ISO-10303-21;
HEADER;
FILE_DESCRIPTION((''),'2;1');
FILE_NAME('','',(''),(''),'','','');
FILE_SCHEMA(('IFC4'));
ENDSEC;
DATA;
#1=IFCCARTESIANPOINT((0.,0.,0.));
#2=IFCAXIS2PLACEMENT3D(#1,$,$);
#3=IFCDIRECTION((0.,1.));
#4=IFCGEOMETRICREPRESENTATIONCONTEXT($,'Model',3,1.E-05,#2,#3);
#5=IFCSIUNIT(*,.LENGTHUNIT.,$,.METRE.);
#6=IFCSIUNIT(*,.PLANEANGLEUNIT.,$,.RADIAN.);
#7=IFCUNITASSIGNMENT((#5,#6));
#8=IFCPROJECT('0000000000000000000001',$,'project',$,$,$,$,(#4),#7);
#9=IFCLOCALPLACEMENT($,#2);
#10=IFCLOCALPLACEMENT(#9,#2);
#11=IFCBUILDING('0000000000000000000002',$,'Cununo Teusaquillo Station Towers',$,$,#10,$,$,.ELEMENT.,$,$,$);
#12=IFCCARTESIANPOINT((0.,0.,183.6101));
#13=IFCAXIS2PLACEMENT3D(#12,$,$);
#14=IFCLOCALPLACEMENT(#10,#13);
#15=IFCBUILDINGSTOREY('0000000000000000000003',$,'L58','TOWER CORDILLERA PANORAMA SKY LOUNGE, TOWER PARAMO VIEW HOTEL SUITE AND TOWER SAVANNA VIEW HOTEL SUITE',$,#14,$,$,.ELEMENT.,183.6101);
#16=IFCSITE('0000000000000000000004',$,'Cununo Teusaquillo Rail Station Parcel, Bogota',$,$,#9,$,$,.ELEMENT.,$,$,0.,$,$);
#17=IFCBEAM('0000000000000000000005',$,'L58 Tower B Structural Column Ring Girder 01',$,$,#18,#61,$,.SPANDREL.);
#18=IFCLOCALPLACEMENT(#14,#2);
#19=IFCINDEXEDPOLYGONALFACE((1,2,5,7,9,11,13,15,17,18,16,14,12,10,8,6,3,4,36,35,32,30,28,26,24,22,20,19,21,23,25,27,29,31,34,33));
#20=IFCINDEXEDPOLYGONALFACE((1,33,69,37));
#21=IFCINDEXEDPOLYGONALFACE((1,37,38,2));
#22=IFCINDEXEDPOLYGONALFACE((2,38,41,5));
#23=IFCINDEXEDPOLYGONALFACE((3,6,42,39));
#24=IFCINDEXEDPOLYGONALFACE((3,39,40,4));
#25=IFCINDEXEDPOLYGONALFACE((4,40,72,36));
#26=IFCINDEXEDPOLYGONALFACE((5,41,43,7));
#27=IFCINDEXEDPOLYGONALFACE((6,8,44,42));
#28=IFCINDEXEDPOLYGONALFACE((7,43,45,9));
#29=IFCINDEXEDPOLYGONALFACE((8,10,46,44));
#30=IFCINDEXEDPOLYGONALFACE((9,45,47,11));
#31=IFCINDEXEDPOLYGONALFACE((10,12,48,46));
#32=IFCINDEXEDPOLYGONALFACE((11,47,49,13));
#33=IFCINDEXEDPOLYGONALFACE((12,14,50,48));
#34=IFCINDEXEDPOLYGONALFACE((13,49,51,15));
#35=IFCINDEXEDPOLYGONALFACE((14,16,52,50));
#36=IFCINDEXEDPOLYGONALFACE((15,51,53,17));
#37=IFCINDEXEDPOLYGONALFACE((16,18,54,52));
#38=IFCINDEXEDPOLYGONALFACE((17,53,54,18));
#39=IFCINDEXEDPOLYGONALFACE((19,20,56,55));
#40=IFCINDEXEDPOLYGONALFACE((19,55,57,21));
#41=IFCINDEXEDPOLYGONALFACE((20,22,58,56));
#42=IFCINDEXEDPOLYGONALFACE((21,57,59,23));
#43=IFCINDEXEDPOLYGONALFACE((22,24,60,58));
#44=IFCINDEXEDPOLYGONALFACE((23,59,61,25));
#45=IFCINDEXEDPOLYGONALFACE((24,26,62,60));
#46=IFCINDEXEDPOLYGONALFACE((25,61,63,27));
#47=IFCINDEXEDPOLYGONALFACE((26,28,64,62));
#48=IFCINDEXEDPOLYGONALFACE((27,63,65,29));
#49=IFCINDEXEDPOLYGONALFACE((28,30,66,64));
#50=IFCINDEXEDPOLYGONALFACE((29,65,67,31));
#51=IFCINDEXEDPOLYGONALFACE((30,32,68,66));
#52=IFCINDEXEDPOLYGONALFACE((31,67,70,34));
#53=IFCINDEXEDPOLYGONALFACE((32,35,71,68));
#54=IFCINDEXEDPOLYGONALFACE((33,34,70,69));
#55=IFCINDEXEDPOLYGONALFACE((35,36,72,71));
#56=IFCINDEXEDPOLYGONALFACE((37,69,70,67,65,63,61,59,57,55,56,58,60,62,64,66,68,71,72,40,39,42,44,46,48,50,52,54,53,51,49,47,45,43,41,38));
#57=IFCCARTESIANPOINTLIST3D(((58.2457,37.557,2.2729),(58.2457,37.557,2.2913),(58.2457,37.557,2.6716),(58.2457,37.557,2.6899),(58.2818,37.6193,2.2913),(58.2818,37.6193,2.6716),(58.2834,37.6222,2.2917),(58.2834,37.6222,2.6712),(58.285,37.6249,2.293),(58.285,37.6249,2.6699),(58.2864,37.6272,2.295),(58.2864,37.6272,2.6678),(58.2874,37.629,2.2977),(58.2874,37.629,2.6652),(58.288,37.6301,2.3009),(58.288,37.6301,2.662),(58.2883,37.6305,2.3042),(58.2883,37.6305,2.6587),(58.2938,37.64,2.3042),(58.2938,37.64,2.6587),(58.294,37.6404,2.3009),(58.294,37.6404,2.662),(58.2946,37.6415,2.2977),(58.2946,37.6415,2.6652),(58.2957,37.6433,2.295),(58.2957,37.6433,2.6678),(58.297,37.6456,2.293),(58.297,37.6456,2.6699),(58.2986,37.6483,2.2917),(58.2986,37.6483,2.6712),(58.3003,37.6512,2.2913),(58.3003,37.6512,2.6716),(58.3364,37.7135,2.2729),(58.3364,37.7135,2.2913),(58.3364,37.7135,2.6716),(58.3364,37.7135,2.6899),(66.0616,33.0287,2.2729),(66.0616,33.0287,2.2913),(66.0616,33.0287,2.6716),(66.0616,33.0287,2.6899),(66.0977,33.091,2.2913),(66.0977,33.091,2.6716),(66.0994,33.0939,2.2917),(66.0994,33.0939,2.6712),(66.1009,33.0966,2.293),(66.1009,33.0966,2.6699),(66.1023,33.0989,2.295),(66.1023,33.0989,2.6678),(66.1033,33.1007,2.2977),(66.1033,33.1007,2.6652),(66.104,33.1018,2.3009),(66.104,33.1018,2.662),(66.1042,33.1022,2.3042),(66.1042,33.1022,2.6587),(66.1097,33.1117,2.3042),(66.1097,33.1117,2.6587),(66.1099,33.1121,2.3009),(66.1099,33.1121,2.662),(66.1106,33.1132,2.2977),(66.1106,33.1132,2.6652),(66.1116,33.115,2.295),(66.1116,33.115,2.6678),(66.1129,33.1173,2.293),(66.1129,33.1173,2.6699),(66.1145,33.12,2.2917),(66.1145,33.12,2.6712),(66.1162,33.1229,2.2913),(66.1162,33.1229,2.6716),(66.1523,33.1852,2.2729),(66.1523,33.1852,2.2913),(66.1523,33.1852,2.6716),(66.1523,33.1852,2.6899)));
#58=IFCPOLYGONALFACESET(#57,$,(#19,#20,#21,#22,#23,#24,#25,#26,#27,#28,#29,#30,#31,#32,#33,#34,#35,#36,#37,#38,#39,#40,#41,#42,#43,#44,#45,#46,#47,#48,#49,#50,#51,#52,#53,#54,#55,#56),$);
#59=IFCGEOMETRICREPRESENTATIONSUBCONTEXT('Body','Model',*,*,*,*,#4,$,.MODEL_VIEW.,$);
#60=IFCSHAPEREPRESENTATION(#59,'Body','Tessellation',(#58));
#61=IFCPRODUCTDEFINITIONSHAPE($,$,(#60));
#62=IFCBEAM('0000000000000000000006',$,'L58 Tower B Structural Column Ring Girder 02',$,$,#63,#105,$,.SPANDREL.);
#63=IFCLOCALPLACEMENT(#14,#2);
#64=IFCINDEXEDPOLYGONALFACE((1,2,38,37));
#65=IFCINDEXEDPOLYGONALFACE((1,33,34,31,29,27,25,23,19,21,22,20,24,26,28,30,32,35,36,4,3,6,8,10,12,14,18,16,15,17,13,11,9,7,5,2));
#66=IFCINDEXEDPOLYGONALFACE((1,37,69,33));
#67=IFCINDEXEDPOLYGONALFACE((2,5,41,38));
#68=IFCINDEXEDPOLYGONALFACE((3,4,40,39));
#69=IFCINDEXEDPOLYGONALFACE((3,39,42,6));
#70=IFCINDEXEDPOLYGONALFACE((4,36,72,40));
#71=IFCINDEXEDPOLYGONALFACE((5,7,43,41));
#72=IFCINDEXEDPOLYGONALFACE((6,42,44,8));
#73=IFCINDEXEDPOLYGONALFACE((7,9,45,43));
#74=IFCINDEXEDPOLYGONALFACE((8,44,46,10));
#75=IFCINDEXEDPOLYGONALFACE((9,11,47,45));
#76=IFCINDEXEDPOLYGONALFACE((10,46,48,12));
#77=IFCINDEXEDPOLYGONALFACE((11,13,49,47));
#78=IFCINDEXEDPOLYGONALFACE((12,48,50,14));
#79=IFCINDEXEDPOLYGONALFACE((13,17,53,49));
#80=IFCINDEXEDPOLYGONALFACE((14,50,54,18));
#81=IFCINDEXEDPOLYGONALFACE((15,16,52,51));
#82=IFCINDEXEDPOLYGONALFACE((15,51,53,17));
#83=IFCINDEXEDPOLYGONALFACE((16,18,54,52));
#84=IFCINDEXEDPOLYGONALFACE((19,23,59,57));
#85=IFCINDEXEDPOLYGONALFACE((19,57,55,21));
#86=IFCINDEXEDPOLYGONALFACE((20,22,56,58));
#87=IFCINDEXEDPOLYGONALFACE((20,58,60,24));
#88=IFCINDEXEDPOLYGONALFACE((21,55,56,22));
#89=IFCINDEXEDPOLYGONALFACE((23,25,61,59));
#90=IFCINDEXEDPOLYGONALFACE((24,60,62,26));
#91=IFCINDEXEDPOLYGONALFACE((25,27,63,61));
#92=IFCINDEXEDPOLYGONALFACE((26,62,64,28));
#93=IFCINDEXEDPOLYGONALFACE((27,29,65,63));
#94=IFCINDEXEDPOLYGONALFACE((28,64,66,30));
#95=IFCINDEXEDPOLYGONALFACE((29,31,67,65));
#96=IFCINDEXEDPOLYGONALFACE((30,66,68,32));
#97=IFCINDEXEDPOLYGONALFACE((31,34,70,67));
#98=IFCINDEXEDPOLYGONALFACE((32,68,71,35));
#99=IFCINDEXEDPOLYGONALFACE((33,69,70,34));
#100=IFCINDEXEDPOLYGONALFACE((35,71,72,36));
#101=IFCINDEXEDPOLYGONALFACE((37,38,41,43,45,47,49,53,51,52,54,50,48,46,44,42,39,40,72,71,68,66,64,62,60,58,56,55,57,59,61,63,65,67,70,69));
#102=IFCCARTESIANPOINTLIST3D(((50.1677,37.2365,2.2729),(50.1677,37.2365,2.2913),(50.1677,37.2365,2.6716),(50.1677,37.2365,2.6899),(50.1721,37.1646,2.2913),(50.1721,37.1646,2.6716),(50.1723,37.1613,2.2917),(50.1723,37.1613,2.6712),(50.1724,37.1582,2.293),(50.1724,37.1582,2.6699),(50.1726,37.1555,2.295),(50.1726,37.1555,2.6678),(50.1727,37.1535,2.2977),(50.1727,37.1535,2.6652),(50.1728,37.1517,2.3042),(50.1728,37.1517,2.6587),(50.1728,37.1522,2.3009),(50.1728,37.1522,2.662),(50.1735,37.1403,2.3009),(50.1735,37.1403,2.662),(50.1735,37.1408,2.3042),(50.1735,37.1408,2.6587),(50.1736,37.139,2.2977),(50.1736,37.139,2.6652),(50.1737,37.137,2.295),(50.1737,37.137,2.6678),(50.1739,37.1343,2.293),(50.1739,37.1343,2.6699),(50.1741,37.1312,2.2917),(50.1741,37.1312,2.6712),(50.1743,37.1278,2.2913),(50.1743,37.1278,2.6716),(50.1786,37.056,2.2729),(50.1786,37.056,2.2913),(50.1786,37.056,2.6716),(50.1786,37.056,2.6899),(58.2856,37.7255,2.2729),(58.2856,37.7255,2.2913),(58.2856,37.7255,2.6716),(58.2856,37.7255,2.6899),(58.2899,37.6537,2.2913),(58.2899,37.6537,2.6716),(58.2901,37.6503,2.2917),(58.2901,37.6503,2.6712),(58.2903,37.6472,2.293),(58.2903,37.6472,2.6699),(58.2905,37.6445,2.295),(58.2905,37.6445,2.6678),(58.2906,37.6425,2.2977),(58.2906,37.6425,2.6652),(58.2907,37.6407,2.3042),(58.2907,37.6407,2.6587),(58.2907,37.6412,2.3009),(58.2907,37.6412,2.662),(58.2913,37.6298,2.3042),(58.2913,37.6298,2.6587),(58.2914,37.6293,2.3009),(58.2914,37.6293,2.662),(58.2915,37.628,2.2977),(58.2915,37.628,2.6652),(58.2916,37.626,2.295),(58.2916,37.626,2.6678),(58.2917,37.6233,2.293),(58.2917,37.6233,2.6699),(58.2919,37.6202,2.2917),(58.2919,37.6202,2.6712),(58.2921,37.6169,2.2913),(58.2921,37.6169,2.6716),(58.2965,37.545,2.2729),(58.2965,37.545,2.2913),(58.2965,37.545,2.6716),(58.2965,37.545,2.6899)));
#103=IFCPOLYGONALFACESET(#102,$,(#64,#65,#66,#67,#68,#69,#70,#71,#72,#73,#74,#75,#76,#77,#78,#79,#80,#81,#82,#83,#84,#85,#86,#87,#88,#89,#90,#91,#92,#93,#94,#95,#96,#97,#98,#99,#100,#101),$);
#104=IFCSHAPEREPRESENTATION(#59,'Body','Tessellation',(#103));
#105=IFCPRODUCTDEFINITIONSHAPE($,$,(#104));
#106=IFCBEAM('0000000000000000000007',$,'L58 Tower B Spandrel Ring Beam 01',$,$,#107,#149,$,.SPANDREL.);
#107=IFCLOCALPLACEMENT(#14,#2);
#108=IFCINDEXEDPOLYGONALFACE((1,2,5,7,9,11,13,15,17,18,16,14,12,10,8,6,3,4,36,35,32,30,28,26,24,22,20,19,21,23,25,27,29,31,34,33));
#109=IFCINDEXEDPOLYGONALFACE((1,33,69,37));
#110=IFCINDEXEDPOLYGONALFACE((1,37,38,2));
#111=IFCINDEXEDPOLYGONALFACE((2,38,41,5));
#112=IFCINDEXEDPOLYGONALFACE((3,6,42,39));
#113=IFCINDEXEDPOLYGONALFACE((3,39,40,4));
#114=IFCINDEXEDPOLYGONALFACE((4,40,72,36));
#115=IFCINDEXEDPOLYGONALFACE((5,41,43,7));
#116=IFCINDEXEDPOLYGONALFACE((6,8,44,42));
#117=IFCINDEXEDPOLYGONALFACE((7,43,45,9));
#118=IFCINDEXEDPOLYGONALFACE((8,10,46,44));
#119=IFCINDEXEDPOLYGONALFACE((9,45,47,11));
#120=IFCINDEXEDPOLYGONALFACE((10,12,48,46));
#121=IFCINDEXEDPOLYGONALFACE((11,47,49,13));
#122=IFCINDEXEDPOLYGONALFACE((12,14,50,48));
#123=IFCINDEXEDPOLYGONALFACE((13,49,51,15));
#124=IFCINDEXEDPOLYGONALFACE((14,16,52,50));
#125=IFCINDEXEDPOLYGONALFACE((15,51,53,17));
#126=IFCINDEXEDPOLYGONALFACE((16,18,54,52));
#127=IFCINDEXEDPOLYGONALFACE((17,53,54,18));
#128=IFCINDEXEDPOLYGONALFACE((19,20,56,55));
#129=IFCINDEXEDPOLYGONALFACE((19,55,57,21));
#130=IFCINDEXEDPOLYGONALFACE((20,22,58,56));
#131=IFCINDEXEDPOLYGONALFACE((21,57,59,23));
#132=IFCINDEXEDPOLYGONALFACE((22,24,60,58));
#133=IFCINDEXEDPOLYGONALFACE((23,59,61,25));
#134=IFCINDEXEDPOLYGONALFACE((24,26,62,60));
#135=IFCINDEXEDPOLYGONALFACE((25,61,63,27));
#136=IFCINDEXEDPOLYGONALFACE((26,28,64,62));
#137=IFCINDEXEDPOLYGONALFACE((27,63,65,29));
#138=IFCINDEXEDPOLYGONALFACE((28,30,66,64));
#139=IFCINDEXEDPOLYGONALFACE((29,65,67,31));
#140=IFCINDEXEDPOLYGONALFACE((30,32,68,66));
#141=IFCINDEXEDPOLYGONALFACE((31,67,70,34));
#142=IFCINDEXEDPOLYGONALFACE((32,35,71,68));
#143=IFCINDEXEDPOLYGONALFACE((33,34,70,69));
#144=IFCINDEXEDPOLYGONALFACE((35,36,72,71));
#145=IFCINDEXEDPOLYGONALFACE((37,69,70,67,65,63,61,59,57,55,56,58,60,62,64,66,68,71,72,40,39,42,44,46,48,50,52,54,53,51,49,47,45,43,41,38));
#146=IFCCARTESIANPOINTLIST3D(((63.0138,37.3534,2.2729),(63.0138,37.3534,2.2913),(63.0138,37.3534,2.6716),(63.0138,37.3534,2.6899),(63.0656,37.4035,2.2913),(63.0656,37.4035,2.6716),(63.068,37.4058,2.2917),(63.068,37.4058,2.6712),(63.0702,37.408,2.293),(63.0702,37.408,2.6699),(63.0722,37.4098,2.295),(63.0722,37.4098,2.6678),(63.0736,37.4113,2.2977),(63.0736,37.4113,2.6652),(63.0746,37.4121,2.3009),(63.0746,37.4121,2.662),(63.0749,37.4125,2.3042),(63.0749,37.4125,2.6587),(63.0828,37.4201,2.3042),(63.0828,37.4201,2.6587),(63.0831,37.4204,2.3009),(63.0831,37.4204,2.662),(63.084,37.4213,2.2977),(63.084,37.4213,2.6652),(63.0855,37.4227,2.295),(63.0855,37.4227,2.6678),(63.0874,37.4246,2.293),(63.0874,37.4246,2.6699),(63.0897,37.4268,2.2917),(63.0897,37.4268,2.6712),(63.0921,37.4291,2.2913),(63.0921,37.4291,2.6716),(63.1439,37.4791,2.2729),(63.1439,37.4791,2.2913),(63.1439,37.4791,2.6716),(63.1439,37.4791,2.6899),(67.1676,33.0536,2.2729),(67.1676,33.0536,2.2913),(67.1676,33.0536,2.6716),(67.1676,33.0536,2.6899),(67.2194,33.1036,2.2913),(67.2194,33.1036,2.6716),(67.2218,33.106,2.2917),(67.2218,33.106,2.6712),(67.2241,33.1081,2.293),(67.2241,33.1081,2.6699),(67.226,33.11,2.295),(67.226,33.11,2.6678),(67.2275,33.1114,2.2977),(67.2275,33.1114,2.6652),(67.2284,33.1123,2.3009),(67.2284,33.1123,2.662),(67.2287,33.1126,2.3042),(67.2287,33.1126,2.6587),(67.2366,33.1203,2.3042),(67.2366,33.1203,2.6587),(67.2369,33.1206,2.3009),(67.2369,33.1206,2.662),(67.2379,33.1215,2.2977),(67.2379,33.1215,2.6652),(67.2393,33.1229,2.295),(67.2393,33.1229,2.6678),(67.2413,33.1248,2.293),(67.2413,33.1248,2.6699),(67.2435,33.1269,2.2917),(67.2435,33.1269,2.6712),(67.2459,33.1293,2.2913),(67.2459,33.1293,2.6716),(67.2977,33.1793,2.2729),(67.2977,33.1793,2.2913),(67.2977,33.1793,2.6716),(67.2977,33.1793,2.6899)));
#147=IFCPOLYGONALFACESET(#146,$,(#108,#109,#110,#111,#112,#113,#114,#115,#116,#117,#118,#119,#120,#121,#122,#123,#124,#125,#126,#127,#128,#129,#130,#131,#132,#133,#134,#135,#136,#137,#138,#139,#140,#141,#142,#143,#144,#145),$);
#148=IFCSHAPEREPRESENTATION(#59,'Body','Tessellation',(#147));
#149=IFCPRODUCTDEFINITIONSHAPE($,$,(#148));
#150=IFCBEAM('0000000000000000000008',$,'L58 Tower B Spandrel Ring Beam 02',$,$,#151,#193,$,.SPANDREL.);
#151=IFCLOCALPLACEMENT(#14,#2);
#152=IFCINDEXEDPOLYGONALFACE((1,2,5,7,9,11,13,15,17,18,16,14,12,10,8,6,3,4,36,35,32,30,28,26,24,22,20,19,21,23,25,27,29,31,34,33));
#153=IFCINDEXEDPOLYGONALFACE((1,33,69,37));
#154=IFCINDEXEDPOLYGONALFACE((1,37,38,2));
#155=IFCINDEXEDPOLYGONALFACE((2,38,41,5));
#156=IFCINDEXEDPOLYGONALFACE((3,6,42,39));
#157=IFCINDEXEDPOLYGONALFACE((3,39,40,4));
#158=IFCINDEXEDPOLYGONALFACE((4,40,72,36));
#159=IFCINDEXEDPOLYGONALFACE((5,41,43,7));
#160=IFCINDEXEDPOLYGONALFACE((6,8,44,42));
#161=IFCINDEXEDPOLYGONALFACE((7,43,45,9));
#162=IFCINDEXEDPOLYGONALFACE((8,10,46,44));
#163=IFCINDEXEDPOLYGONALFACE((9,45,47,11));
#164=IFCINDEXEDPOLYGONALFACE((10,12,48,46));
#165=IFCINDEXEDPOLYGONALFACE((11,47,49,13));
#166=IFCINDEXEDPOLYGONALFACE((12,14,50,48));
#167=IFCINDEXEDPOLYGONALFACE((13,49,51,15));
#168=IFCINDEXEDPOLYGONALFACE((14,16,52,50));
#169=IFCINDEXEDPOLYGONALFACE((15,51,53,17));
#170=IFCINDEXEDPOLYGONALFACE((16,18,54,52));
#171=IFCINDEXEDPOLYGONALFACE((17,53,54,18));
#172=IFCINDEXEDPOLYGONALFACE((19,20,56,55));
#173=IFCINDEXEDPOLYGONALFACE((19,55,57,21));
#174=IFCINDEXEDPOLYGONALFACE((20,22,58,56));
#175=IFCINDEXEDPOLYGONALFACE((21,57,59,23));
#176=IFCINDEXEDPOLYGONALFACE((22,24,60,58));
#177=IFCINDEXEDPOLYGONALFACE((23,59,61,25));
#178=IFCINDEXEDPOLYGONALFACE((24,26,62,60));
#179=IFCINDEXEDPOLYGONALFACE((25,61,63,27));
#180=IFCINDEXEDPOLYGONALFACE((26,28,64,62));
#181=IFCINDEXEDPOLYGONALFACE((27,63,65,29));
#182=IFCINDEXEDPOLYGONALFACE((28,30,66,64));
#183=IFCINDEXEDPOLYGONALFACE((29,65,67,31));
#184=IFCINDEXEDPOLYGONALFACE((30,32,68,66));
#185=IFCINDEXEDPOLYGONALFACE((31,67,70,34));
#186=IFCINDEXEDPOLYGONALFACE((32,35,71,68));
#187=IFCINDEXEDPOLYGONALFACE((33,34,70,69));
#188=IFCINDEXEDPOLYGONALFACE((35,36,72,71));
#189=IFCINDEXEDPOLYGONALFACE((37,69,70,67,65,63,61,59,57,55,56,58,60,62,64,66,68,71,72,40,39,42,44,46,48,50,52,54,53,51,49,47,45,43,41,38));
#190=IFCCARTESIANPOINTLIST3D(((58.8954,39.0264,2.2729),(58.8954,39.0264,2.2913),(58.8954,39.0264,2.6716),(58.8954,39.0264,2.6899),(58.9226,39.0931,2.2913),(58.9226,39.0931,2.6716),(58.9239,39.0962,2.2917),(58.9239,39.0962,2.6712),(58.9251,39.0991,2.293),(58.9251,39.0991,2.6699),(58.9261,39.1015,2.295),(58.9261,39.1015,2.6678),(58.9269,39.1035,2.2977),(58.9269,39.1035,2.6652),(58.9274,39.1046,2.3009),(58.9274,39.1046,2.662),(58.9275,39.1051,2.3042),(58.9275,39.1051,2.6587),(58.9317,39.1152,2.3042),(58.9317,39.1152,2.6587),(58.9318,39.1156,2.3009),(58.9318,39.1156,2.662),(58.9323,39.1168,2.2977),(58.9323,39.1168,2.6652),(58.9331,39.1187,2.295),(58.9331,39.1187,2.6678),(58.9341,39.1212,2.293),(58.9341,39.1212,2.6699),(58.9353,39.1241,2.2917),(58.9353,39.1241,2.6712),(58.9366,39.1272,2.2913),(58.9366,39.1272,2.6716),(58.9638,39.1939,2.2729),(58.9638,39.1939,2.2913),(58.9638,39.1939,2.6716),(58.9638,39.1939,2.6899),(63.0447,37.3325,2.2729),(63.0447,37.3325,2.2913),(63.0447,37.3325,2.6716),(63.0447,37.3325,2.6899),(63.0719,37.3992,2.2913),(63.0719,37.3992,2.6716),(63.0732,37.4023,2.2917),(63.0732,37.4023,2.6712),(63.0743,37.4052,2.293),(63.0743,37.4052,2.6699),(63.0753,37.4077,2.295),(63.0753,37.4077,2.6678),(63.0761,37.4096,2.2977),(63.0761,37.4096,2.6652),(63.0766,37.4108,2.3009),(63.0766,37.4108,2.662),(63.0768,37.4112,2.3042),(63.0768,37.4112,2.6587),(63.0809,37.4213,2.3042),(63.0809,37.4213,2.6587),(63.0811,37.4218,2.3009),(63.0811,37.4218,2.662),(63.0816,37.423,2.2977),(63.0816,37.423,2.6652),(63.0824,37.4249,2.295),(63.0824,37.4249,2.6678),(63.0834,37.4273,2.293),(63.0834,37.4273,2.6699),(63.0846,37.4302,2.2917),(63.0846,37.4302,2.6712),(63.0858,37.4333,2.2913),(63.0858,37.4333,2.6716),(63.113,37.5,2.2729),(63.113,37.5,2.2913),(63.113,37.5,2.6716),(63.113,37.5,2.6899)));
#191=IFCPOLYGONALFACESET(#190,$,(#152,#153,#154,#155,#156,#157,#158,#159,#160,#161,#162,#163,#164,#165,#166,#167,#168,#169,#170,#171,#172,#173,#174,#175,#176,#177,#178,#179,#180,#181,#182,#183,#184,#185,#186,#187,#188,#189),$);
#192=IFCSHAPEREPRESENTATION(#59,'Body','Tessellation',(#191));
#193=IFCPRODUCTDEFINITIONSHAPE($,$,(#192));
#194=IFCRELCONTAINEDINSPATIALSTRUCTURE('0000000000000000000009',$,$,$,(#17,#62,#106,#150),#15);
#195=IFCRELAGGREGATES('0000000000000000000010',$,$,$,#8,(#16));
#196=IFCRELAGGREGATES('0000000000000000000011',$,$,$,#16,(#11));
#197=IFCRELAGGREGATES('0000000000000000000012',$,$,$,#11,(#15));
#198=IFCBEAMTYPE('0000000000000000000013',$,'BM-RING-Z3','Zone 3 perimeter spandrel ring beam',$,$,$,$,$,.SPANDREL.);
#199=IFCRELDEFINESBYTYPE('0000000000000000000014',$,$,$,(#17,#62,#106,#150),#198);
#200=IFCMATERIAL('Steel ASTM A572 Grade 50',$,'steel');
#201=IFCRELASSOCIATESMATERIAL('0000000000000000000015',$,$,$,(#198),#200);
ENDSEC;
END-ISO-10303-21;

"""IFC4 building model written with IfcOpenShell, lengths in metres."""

from ifc_helpers import new_model, si_unit, direction, frame, origin, origin_2d, place, context, subcontext, project, spatial, i_section, extrude, material, material_profile, profile_set, type_object, element, save


model = new_model("IFC4")

# Units and contexts
model_context = context("Model", 3, precision=1e-05, world=origin(), true_north=direction((0.0, 1.0)))
body_context = subcontext(model_context, "Body", "Model", "MODEL_VIEW")
ifc_project = project(units=[si_unit("LENGTHUNIT", "METRE"), si_unit("PLANEANGLEUNIT", "RADIAN")], contexts=[model_context])

# Site, building, storey
site_placement = place(None, origin())
site = spatial("IfcSite", under=ifc_project, at=site_placement, Name="Cununo Teusaquillo Rail Station Parcel, Bogota", CompositionType="ELEMENT", RefElevation=0.0)
building_placement = place(site_placement, origin())
building = spatial("IfcBuilding", under=site, at=building_placement, Name="Cununo Teusaquillo Station Towers", CompositionType="ELEMENT")
storey_placement = place(building_placement, frame((0.0, 0.0, 183.6101)))
storey = spatial("IfcBuildingStorey", under=building, at=storey_placement, Name="L58", Description="TOWER CORDILLERA PANORAMA SKY LOUNGE, TOWER PARAMO VIEW HOTEL SUITE AND TOWER SAVANNA VIEW HOTEL SUITE", CompositionType="ELEMENT", Elevation=183.6101)

# Beams
ifc_material_1 = material(Name="Steel ASTM A572 Grade 50", Category="steel")
ifc_material_profile_1 = material_profile(ifc_material_1, i_section(OverallWidth=0.1809, OverallDepth=0.417, WebThickness=0.011, FlangeThickness=0.0183, FilletRadius=0.0129, at=origin_2d()), Name="W16X57")
ifc_profile_set_1 = profile_set([ifc_material_profile_1], Name="Steel ASTM A572 Grade 50")
beam_type_1 = type_object("IfcBeamType", Name="BM-RING-Z3", Description="Zone 3 perimeter spandrel ring beam", PredefinedType="SPANDREL", material=ifc_profile_set_1)
beam_1_placement = place(storey_placement, frame((66.1069, 33.1069, 2.4814), z_axis=(-0.865267, 0.501311, 0.0), x_axis=(-0.501311, -0.865267, 0.0)))
element("IfcBeam", 1, at=beam_1_placement, inside=storey, type_object=beam_type_1, Name="L58 Tower B Structural Column Ring Girder 01", PredefinedType="SPANDREL", context=body_context, shape_type="SweptSolid", body=[
    extrude(i_section(OverallWidth=0.1809, OverallDepth=0.417, WebThickness=0.011, FlangeThickness=0.0183, FilletRadius=0.0129, at=origin_2d()), origin(), (0.0, 0.0, 1.0), 9.033),
])
beam_2_placement = place(storey_placement, frame((58.291, 37.6353, 2.4814), z_axis=(-0.998191, -0.06013, 0.0), x_axis=(0.06013, -0.998191, 0.0)))
element("IfcBeam", 2, at=beam_2_placement, inside=storey, type_object=beam_type_1, Name="L58 Tower B Structural Column Ring Girder 02", PredefinedType="SPANDREL", context=body_context, shape_type="SweptSolid", body=[
    extrude(i_section(OverallWidth=0.1809, OverallDepth=0.417, WebThickness=0.011, FlangeThickness=0.0183, FilletRadius=0.0129, at=origin_2d()), origin(), (0.0, 0.0, 1.0), 8.1326),
])
beam_3_placement = place(storey_placement, frame((67.2327, 33.1165, 2.4814), z_axis=(-0.694791, 0.719211, 0.0), x_axis=(-0.719211, -0.694791, 0.0)))
element("IfcBeam", 3, at=beam_3_placement, inside=storey, type_object=beam_type_1, Name="L58 Tower B Spandrel Ring Beam 01", PredefinedType="SPANDREL", context=body_context, shape_type="SweptSolid", body=[
    extrude(i_section(OverallWidth=0.1809, OverallDepth=0.417, WebThickness=0.011, FlangeThickness=0.0183, FilletRadius=0.0129, at=origin_2d()), origin(), (0.0, 0.0, 1.0), 5.9785),
])
beam_4_placement = place(storey_placement, frame((63.0789, 37.4163, 2.4814), z_axis=(-0.925824, 0.377956, 0.0), x_axis=(-0.377956, -0.925824, 0.0)))
element("IfcBeam", 4, at=beam_4_placement, inside=storey, type_object=beam_type_1, Name="L58 Tower B Spandrel Ring Beam 02", PredefinedType="SPANDREL", context=body_context, shape_type="SweptSolid", body=[
    extrude(i_section(OverallWidth=0.1809, OverallDepth=0.417, WebThickness=0.011, FlangeThickness=0.0183, FilletRadius=0.0129, at=origin_2d()), origin(), (0.0, 0.0, 1.0), 4.4817),
])

save(model, "model.ifc")
